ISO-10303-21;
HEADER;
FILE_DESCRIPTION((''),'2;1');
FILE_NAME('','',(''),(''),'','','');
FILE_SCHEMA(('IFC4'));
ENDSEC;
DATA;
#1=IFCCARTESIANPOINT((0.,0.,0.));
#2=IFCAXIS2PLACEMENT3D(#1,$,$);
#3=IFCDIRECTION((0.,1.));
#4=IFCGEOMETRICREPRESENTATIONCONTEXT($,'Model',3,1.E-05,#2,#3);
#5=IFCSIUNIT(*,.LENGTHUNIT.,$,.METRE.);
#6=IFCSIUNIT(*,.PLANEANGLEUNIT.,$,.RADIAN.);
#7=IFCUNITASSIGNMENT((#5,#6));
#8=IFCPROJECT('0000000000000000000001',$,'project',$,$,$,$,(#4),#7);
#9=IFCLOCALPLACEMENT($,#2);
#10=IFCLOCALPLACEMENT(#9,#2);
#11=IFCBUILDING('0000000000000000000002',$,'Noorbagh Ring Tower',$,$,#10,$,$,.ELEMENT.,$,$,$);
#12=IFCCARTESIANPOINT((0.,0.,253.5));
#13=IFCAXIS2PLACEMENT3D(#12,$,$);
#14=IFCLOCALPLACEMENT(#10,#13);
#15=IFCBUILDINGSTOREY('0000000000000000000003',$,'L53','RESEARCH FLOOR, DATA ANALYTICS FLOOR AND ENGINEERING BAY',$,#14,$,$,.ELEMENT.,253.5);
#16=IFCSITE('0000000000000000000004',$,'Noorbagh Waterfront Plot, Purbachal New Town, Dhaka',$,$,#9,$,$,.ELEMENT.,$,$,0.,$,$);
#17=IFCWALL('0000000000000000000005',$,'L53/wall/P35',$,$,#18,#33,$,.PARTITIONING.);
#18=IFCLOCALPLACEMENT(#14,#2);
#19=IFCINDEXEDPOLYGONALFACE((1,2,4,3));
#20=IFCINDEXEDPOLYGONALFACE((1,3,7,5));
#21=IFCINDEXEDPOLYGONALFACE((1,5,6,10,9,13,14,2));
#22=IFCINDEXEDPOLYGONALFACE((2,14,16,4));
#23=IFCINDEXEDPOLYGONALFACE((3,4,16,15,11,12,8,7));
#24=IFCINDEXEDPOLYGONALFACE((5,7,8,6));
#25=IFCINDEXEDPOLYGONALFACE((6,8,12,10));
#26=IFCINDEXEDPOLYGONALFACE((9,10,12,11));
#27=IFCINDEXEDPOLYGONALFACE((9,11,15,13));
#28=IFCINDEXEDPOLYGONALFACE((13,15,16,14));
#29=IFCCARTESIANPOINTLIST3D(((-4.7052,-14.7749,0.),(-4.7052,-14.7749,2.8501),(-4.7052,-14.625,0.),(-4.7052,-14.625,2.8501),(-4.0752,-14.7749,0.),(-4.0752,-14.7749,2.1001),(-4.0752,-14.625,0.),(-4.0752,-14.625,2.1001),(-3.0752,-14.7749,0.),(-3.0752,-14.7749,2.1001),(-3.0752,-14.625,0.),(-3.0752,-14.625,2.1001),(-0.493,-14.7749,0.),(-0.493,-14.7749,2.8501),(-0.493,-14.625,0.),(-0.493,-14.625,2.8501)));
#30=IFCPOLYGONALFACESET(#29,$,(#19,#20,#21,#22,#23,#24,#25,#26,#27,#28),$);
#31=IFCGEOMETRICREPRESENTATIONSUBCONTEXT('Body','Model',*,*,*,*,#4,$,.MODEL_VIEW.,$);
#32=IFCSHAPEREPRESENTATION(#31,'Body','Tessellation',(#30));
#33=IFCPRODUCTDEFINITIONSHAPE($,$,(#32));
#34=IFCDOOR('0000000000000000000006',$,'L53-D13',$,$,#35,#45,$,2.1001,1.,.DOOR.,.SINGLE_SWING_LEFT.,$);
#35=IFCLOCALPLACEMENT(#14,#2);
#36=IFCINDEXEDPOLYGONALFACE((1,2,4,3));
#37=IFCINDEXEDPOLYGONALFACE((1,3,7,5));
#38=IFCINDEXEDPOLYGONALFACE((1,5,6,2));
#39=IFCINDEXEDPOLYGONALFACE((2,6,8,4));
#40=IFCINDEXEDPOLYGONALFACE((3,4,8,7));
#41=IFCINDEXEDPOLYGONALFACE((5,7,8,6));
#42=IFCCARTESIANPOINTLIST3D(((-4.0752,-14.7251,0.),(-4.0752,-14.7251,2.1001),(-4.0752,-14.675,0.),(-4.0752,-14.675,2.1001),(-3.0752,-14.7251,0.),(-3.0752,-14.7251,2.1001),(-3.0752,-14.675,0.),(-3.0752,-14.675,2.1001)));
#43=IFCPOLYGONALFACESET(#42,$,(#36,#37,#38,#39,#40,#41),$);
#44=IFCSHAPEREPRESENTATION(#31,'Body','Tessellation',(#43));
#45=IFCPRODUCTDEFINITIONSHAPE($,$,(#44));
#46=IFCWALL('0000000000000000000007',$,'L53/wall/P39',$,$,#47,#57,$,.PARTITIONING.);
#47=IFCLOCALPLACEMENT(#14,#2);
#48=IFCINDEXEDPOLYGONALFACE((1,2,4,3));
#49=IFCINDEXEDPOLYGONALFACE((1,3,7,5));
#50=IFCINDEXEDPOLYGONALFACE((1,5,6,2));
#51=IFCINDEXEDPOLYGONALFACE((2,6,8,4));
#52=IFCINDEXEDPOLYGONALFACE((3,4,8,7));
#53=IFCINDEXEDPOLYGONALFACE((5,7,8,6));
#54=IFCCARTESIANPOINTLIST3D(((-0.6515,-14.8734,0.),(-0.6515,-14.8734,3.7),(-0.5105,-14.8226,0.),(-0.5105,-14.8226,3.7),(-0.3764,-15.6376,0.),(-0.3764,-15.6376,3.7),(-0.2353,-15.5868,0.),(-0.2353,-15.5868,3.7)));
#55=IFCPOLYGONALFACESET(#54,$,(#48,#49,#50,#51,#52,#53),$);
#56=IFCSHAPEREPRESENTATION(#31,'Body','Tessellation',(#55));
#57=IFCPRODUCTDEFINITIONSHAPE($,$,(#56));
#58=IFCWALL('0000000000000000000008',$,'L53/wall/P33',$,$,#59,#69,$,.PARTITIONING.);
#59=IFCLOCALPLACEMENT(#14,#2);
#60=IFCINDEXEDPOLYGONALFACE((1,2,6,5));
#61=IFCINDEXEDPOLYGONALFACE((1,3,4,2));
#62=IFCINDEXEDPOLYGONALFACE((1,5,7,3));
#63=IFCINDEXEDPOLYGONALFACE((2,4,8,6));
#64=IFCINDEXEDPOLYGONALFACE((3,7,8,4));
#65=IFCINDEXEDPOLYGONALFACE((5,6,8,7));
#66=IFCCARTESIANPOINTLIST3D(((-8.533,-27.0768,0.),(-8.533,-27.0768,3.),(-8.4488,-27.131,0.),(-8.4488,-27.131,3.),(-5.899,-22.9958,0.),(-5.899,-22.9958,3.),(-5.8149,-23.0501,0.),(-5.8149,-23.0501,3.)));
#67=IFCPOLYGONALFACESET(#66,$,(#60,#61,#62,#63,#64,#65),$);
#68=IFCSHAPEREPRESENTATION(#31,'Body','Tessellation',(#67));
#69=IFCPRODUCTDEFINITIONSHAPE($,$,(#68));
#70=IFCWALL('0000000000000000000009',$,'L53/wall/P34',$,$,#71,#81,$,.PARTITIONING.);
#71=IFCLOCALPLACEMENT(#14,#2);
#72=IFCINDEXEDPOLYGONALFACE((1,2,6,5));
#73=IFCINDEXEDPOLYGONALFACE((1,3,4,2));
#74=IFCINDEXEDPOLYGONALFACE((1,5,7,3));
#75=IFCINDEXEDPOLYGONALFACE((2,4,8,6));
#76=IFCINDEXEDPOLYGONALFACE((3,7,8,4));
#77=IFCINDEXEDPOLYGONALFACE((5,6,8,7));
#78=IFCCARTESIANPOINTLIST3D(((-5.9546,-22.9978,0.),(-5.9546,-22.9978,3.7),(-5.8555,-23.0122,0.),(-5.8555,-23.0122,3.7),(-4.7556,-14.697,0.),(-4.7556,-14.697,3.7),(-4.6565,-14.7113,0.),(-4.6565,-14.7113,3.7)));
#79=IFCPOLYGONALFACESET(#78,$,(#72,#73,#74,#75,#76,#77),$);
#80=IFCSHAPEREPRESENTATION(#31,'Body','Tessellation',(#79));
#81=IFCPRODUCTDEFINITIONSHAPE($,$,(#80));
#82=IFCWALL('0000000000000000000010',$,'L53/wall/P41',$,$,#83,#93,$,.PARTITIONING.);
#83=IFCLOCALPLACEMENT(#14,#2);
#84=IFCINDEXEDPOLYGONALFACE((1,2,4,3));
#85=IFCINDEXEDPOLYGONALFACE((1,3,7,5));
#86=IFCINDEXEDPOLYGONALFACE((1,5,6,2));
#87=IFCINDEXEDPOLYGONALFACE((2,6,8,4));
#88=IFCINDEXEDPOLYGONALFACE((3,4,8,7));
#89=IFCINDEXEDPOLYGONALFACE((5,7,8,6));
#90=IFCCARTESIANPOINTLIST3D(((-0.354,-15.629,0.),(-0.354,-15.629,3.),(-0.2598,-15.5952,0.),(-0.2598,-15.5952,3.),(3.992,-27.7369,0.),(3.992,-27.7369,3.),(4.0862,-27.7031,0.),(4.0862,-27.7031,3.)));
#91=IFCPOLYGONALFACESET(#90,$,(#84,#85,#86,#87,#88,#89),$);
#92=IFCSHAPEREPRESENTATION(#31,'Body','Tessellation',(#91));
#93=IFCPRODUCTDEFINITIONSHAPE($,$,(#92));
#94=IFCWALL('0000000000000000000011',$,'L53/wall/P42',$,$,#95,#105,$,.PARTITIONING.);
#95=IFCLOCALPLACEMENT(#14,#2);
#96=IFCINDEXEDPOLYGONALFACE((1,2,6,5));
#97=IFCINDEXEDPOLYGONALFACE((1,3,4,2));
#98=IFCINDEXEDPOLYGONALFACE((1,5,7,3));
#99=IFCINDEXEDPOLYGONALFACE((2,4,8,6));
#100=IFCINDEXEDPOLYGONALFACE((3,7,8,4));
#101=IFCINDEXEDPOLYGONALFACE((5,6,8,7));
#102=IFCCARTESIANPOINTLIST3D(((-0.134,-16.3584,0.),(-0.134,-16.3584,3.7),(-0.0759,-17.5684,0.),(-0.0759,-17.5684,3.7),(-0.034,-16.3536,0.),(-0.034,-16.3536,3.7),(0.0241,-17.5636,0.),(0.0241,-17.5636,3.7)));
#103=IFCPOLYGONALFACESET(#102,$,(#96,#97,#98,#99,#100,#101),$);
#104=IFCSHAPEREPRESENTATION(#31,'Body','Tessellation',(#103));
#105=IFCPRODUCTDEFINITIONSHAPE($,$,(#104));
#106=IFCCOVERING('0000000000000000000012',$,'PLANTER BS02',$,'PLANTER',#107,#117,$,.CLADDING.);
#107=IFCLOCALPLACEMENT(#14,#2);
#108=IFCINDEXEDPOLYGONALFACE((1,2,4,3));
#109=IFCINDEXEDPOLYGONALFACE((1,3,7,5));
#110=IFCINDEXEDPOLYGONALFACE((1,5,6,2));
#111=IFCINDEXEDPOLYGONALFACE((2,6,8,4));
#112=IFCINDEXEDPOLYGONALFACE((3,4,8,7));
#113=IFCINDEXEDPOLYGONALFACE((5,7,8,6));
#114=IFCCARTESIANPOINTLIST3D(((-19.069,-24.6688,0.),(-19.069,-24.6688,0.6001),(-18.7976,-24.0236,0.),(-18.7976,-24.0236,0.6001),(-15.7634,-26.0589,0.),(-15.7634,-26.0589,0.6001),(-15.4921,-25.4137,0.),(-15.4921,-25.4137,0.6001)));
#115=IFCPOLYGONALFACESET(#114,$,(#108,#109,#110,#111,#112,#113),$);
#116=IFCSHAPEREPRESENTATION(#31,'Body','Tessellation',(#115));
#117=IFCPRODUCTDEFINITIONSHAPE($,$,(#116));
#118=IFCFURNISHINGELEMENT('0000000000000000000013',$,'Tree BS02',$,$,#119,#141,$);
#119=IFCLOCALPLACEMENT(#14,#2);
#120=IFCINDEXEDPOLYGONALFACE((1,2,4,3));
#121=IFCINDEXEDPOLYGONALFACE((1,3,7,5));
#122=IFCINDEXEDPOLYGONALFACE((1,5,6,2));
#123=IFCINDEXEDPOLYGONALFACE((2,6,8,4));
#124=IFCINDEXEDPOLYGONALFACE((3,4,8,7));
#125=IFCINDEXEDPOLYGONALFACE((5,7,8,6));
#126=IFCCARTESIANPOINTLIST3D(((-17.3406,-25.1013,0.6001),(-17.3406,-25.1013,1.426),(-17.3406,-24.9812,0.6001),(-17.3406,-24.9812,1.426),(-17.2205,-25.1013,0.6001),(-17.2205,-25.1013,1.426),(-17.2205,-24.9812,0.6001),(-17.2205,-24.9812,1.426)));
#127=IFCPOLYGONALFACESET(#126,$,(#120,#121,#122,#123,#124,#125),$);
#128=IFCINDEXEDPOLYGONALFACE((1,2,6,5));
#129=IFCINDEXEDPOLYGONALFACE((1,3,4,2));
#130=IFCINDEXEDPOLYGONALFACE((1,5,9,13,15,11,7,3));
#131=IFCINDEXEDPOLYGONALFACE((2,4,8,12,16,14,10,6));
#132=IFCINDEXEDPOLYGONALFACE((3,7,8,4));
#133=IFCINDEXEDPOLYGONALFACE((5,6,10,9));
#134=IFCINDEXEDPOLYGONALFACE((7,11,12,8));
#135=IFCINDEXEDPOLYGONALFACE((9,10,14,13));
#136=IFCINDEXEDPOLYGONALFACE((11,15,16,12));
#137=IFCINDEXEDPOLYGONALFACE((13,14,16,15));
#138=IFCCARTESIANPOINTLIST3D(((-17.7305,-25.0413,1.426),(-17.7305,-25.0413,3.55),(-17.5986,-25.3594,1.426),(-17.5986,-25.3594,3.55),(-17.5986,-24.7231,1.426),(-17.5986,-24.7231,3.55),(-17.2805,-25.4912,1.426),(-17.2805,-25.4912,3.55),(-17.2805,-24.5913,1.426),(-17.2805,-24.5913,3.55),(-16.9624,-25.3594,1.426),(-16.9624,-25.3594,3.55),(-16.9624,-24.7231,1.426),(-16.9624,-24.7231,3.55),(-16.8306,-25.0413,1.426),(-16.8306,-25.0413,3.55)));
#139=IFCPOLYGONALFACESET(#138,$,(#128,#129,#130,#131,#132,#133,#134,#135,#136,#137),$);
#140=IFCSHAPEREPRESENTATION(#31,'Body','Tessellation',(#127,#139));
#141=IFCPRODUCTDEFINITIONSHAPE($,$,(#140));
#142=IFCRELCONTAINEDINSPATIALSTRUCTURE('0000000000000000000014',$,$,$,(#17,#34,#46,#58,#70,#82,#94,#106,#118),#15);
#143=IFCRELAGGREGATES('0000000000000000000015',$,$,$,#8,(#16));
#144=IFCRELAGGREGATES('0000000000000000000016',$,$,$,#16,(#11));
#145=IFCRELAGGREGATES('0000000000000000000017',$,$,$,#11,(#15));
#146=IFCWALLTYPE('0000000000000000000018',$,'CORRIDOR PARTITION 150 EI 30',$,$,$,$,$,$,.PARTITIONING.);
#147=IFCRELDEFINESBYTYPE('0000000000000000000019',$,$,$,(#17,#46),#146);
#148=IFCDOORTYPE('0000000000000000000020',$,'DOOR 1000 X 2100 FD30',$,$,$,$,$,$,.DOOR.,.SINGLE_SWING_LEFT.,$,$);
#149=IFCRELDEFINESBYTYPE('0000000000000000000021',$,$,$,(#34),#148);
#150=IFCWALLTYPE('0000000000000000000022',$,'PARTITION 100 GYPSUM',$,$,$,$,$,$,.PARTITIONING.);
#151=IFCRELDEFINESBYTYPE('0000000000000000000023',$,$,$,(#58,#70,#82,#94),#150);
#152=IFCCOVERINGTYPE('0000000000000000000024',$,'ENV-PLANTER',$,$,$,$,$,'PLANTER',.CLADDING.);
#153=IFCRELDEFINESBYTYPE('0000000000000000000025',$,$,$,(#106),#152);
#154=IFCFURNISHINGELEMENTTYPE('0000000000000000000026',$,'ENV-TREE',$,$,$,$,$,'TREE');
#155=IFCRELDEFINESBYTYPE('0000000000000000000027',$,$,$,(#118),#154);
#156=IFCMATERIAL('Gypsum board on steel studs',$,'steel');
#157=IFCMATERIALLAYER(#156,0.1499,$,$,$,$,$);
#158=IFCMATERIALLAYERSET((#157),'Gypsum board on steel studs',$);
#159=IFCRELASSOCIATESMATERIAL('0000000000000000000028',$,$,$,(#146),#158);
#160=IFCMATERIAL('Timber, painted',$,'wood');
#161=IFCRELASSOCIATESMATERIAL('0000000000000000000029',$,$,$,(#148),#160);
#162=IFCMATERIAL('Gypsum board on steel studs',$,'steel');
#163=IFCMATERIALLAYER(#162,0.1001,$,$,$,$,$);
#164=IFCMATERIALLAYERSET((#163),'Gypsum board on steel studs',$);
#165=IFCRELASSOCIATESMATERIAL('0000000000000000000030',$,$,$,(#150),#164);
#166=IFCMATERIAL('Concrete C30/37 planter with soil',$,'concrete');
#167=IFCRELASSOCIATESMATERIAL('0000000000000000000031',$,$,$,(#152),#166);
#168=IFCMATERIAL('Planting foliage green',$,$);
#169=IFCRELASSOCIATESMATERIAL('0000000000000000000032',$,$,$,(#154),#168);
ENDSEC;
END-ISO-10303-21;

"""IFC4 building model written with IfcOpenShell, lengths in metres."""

from ifc_helpers import new_model, si_unit, direction, frame, frame_2d, origin, origin_2d, place, context, subcontext, project, spatial, polyline, rectangle, outline, extrude, material, layer, layer_set, type_object, element, fill, save


model = new_model("IFC4")

# Units and contexts
model_context = context("Model", 3, precision=1e-05, world=origin(), true_north=direction((0.0, 1.0)))
body_context = subcontext(model_context, "Body", "Model", "MODEL_VIEW")
ifc_project = project(units=[si_unit("LENGTHUNIT", "METRE"), si_unit("PLANEANGLEUNIT", "RADIAN")], contexts=[model_context])

# Site, building, storey
site_placement = place(None, origin())
site = spatial("IfcSite", under=ifc_project, at=site_placement, Name="Noorbagh Waterfront Plot, Purbachal New Town, Dhaka", CompositionType="ELEMENT", RefElevation=0.0)
building_placement = place(site_placement, origin())
building = spatial("IfcBuilding", under=site, at=building_placement, Name="Noorbagh Ring Tower", CompositionType="ELEMENT")
storey_placement = place(building_placement, frame((0.0, 0.0, 253.5)))
storey = spatial("IfcBuildingStorey", under=building, at=storey_placement, Name="L53", Description="RESEARCH FLOOR, DATA ANALYTICS FLOOR AND ENGINEERING BAY", CompositionType="ELEMENT", Elevation=253.5)

# Shared definitions
ifc_material_1 = material(Name="Gypsum board on steel studs", Category="steel")
ifc_layer_1 = layer(ifc_material_1, 0.1499)
ifc_layer_set_1 = layer_set([ifc_layer_1], Name="Gypsum board on steel studs")
wall_type_1 = type_object("IfcWallType", Name="CORRIDOR PARTITION 150 EI 30", PredefinedType="PARTITIONING", material=ifc_layer_set_1)

# Wall, opening, door
ifc_material_2 = material(Name="Timber, painted", Category="wood")
door_type = type_object("IfcDoorType", Name="DOOR 1000 X 2100 FD30", OperationType="SINGLE_SWING_LEFT", PredefinedType="DOOR", material=ifc_material_2)
wall_1_placement = place(storey_placement, frame((-4.7051, -14.7, 0.0), z_axis=(0.0, 0.0, 1.0), x_axis=(1.0, 0.0, 0.0)))
wall_1 = element("IfcWall", 1, at=wall_1_placement, inside=storey, type_object=wall_type_1, Name="L53/wall/P35", PredefinedType="PARTITIONING", context=body_context, shape_type="SweptSolid", body=[
    extrude(rectangle(XDim=4.2122, YDim=0.1499, at=frame_2d((2.106, 0.0))), origin(), (0.0, 0.0, 1.0), 2.8501),
])
opening_1_placement = place(wall_1_placement, frame((0.6299, 0.0, 0.0)))
opening_1 = element("IfcOpeningElement", 2, at=opening_1_placement, cuts=wall_1, PredefinedType="OPENING", context=body_context, shape_type="SweptSolid", body=[
    extrude(rectangle(XDim=1.0, YDim=2.1001, at=frame_2d((0.5, 1.05))), frame((0.0, 0.085, 0.0), z_axis=(0.0, -1.0, 0.0), x_axis=(1.0, 0.0, 0.0)), (0.0, 0.0, 1.0), 0.1699),
])
door_1_placement = place(opening_1_placement, origin())
door_1 = element("IfcDoor", 3, at=door_1_placement, inside=storey, type_object=door_type, Name="L53-D13", OperationType="SINGLE_SWING_LEFT", OverallHeight=2.1001, OverallWidth=1.0, PredefinedType="DOOR", context=body_context, shape_type="SweptSolid", body=[
    extrude(rectangle(XDim=1.0, YDim=2.1001, at=frame_2d((0.5, 1.05))), frame((0.0, 0.0249, 0.0), z_axis=(0.0, -1.0, 0.0), x_axis=(1.0, 0.0, 0.0)), (0.0, 0.0, 1.0), 0.05),
])
fill(opening_1, door_1)

# Walls
wall_2_placement = place(storey_placement, frame((-0.5811, -14.8479, 0.0), z_axis=(0.0, 0.0, 1.0), x_axis=(0.338773, -0.940868, 0.0)))
element("IfcWall", 4, at=wall_2_placement, inside=storey, type_object=wall_type_1, Name="L53/wall/P39", PredefinedType="PARTITIONING", context=body_context, shape_type="SweptSolid", body=[
    extrude(rectangle(XDim=0.8123, YDim=0.1499, at=frame_2d((0.4062, 0.0))), origin(), (0.0, 0.0, 1.0), 3.7),
])
ifc_material_3 = material(Name="Gypsum board on steel studs", Category="steel")
ifc_layer_2 = layer(ifc_material_3, 0.1001)
ifc_layer_set_2 = layer_set([ifc_layer_2], Name="Gypsum board on steel studs")
wall_type_2 = type_object("IfcWallType", Name="PARTITION 100 GYPSUM", PredefinedType="PARTITIONING", material=ifc_layer_set_2)
wall_3_placement = place(storey_placement, frame((-8.491, -27.104, 0.0), z_axis=(0.0, 0.0, 1.0), x_axis=(0.542286, 0.840194, 0.0)))
element("IfcWall", 5, at=wall_3_placement, inside=storey, type_object=wall_type_2, Name="L53/wall/P33", PredefinedType="PARTITIONING", context=body_context, shape_type="SweptSolid", body=[
    extrude(rectangle(XDim=4.8572, YDim=0.1001, at=frame_2d((2.4287, 0.0))), origin(), (0.0, 0.0, 1.0), 3.0),
])
wall_4_placement = place(storey_placement, frame((-5.905, -23.0049, 0.0), z_axis=(0.0, 0.0, 1.0), x_axis=(0.142958, 0.989729, 0.0)))
element("IfcWall", 6, at=wall_4_placement, inside=storey, type_object=wall_type_2, Name="L53/wall/P34", PredefinedType="PARTITIONING", context=body_context, shape_type="SweptSolid", body=[
    extrude(rectangle(XDim=8.387, YDim=0.1001, at=frame_2d((4.1934, 0.0))), origin(), (0.0, 0.0, 1.0), 3.7),
])
wall_5_placement = place(storey_placement, frame((-0.3069, -15.6121, 0.0), z_axis=(0.0, 0.0, 1.0), x_axis=(0.337832, -0.941207, 0.0)))
element("IfcWall", 7, at=wall_5_placement, inside=storey, type_object=wall_type_2, Name="L53/wall/P41", PredefinedType="PARTITIONING", context=body_context, shape_type="SweptSolid", body=[
    extrude(rectangle(XDim=12.8643, YDim=0.1001, at=frame_2d((6.4321, 0.0))), origin(), (0.0, 0.0, 1.0), 3.0),
])
wall_6_placement = place(storey_placement, frame((-0.084, -16.356, 0.0), z_axis=(0.0, 0.0, 1.0), x_axis=(0.047967, -0.998849, 0.0)))
element("IfcWall", 8, at=wall_6_placement, inside=storey, type_object=wall_type_2, Name="L53/wall/P42", PredefinedType="PARTITIONING", context=body_context, shape_type="SweptSolid", body=[
    extrude(rectangle(XDim=1.2114, YDim=0.1001, at=frame_2d((0.6057, 0.0))), origin(), (0.0, 0.0, 1.0), 3.7),
])

# Covering
ifc_material_4 = material(Name="Concrete C30/37 planter with soil", Category="concrete")
covering_type = type_object("IfcCoveringType", Name="ENV-PLANTER", ElementType="PLANTER", PredefinedType="CLADDING", material=ifc_material_4)
covering_placement = place(storey_placement, frame((-17.2805, -25.0413, 0.0), z_axis=(0.0, 0.0, 1.0), x_axis=(0.921812, -0.387638, 0.0)))
element("IfcCovering", 9, at=covering_placement, inside=storey, type_object=covering_type, Name="PLANTER BS02", ObjectType="PLANTER", PredefinedType="CLADDING", context=body_context, shape_type="SweptSolid", body=[
    extrude(rectangle(XDim=3.5859, YDim=0.7, at=origin_2d()), origin(), (0.0, 0.0, 1.0), 0.6001),
])

# Furnishing element
ifc_material_5 = material(Name="Planting foliage green")
furnishing_element_type = type_object("IfcFurnishingElementType", Name="ENV-TREE", ElementType="TREE", material=ifc_material_5)
furnishing_placement = place(storey_placement, frame((-17.2805, -25.0413, 0.6001), z_axis=(0.0, 0.0, 1.0), x_axis=(1.0, 0.0, 0.0)))
element("IfcFurnishingElement", 10, at=furnishing_placement, inside=storey, type_object=furnishing_element_type, Name="Tree BS02", context=body_context, shape_type="SweptSolid", body=[
    extrude(rectangle(XDim=0.1201, YDim=0.1201, at=origin_2d()), origin(), (0.0, 0.0, 1.0), 0.8259),
    extrude(outline(polyline([(0.45, 0.0), (0.3181, 0.3181), (0.0, 0.45), (-0.3181, 0.3181), (-0.45, 0.0), (-0.3181, -0.3181), (0.0, -0.45), (0.3181, -0.3181), (0.45, 0.0)])), frame((0.0, 0.0, 0.8259)), (0.0, 0.0, 1.0), 2.124),
])

save(model, "model.ifc")
